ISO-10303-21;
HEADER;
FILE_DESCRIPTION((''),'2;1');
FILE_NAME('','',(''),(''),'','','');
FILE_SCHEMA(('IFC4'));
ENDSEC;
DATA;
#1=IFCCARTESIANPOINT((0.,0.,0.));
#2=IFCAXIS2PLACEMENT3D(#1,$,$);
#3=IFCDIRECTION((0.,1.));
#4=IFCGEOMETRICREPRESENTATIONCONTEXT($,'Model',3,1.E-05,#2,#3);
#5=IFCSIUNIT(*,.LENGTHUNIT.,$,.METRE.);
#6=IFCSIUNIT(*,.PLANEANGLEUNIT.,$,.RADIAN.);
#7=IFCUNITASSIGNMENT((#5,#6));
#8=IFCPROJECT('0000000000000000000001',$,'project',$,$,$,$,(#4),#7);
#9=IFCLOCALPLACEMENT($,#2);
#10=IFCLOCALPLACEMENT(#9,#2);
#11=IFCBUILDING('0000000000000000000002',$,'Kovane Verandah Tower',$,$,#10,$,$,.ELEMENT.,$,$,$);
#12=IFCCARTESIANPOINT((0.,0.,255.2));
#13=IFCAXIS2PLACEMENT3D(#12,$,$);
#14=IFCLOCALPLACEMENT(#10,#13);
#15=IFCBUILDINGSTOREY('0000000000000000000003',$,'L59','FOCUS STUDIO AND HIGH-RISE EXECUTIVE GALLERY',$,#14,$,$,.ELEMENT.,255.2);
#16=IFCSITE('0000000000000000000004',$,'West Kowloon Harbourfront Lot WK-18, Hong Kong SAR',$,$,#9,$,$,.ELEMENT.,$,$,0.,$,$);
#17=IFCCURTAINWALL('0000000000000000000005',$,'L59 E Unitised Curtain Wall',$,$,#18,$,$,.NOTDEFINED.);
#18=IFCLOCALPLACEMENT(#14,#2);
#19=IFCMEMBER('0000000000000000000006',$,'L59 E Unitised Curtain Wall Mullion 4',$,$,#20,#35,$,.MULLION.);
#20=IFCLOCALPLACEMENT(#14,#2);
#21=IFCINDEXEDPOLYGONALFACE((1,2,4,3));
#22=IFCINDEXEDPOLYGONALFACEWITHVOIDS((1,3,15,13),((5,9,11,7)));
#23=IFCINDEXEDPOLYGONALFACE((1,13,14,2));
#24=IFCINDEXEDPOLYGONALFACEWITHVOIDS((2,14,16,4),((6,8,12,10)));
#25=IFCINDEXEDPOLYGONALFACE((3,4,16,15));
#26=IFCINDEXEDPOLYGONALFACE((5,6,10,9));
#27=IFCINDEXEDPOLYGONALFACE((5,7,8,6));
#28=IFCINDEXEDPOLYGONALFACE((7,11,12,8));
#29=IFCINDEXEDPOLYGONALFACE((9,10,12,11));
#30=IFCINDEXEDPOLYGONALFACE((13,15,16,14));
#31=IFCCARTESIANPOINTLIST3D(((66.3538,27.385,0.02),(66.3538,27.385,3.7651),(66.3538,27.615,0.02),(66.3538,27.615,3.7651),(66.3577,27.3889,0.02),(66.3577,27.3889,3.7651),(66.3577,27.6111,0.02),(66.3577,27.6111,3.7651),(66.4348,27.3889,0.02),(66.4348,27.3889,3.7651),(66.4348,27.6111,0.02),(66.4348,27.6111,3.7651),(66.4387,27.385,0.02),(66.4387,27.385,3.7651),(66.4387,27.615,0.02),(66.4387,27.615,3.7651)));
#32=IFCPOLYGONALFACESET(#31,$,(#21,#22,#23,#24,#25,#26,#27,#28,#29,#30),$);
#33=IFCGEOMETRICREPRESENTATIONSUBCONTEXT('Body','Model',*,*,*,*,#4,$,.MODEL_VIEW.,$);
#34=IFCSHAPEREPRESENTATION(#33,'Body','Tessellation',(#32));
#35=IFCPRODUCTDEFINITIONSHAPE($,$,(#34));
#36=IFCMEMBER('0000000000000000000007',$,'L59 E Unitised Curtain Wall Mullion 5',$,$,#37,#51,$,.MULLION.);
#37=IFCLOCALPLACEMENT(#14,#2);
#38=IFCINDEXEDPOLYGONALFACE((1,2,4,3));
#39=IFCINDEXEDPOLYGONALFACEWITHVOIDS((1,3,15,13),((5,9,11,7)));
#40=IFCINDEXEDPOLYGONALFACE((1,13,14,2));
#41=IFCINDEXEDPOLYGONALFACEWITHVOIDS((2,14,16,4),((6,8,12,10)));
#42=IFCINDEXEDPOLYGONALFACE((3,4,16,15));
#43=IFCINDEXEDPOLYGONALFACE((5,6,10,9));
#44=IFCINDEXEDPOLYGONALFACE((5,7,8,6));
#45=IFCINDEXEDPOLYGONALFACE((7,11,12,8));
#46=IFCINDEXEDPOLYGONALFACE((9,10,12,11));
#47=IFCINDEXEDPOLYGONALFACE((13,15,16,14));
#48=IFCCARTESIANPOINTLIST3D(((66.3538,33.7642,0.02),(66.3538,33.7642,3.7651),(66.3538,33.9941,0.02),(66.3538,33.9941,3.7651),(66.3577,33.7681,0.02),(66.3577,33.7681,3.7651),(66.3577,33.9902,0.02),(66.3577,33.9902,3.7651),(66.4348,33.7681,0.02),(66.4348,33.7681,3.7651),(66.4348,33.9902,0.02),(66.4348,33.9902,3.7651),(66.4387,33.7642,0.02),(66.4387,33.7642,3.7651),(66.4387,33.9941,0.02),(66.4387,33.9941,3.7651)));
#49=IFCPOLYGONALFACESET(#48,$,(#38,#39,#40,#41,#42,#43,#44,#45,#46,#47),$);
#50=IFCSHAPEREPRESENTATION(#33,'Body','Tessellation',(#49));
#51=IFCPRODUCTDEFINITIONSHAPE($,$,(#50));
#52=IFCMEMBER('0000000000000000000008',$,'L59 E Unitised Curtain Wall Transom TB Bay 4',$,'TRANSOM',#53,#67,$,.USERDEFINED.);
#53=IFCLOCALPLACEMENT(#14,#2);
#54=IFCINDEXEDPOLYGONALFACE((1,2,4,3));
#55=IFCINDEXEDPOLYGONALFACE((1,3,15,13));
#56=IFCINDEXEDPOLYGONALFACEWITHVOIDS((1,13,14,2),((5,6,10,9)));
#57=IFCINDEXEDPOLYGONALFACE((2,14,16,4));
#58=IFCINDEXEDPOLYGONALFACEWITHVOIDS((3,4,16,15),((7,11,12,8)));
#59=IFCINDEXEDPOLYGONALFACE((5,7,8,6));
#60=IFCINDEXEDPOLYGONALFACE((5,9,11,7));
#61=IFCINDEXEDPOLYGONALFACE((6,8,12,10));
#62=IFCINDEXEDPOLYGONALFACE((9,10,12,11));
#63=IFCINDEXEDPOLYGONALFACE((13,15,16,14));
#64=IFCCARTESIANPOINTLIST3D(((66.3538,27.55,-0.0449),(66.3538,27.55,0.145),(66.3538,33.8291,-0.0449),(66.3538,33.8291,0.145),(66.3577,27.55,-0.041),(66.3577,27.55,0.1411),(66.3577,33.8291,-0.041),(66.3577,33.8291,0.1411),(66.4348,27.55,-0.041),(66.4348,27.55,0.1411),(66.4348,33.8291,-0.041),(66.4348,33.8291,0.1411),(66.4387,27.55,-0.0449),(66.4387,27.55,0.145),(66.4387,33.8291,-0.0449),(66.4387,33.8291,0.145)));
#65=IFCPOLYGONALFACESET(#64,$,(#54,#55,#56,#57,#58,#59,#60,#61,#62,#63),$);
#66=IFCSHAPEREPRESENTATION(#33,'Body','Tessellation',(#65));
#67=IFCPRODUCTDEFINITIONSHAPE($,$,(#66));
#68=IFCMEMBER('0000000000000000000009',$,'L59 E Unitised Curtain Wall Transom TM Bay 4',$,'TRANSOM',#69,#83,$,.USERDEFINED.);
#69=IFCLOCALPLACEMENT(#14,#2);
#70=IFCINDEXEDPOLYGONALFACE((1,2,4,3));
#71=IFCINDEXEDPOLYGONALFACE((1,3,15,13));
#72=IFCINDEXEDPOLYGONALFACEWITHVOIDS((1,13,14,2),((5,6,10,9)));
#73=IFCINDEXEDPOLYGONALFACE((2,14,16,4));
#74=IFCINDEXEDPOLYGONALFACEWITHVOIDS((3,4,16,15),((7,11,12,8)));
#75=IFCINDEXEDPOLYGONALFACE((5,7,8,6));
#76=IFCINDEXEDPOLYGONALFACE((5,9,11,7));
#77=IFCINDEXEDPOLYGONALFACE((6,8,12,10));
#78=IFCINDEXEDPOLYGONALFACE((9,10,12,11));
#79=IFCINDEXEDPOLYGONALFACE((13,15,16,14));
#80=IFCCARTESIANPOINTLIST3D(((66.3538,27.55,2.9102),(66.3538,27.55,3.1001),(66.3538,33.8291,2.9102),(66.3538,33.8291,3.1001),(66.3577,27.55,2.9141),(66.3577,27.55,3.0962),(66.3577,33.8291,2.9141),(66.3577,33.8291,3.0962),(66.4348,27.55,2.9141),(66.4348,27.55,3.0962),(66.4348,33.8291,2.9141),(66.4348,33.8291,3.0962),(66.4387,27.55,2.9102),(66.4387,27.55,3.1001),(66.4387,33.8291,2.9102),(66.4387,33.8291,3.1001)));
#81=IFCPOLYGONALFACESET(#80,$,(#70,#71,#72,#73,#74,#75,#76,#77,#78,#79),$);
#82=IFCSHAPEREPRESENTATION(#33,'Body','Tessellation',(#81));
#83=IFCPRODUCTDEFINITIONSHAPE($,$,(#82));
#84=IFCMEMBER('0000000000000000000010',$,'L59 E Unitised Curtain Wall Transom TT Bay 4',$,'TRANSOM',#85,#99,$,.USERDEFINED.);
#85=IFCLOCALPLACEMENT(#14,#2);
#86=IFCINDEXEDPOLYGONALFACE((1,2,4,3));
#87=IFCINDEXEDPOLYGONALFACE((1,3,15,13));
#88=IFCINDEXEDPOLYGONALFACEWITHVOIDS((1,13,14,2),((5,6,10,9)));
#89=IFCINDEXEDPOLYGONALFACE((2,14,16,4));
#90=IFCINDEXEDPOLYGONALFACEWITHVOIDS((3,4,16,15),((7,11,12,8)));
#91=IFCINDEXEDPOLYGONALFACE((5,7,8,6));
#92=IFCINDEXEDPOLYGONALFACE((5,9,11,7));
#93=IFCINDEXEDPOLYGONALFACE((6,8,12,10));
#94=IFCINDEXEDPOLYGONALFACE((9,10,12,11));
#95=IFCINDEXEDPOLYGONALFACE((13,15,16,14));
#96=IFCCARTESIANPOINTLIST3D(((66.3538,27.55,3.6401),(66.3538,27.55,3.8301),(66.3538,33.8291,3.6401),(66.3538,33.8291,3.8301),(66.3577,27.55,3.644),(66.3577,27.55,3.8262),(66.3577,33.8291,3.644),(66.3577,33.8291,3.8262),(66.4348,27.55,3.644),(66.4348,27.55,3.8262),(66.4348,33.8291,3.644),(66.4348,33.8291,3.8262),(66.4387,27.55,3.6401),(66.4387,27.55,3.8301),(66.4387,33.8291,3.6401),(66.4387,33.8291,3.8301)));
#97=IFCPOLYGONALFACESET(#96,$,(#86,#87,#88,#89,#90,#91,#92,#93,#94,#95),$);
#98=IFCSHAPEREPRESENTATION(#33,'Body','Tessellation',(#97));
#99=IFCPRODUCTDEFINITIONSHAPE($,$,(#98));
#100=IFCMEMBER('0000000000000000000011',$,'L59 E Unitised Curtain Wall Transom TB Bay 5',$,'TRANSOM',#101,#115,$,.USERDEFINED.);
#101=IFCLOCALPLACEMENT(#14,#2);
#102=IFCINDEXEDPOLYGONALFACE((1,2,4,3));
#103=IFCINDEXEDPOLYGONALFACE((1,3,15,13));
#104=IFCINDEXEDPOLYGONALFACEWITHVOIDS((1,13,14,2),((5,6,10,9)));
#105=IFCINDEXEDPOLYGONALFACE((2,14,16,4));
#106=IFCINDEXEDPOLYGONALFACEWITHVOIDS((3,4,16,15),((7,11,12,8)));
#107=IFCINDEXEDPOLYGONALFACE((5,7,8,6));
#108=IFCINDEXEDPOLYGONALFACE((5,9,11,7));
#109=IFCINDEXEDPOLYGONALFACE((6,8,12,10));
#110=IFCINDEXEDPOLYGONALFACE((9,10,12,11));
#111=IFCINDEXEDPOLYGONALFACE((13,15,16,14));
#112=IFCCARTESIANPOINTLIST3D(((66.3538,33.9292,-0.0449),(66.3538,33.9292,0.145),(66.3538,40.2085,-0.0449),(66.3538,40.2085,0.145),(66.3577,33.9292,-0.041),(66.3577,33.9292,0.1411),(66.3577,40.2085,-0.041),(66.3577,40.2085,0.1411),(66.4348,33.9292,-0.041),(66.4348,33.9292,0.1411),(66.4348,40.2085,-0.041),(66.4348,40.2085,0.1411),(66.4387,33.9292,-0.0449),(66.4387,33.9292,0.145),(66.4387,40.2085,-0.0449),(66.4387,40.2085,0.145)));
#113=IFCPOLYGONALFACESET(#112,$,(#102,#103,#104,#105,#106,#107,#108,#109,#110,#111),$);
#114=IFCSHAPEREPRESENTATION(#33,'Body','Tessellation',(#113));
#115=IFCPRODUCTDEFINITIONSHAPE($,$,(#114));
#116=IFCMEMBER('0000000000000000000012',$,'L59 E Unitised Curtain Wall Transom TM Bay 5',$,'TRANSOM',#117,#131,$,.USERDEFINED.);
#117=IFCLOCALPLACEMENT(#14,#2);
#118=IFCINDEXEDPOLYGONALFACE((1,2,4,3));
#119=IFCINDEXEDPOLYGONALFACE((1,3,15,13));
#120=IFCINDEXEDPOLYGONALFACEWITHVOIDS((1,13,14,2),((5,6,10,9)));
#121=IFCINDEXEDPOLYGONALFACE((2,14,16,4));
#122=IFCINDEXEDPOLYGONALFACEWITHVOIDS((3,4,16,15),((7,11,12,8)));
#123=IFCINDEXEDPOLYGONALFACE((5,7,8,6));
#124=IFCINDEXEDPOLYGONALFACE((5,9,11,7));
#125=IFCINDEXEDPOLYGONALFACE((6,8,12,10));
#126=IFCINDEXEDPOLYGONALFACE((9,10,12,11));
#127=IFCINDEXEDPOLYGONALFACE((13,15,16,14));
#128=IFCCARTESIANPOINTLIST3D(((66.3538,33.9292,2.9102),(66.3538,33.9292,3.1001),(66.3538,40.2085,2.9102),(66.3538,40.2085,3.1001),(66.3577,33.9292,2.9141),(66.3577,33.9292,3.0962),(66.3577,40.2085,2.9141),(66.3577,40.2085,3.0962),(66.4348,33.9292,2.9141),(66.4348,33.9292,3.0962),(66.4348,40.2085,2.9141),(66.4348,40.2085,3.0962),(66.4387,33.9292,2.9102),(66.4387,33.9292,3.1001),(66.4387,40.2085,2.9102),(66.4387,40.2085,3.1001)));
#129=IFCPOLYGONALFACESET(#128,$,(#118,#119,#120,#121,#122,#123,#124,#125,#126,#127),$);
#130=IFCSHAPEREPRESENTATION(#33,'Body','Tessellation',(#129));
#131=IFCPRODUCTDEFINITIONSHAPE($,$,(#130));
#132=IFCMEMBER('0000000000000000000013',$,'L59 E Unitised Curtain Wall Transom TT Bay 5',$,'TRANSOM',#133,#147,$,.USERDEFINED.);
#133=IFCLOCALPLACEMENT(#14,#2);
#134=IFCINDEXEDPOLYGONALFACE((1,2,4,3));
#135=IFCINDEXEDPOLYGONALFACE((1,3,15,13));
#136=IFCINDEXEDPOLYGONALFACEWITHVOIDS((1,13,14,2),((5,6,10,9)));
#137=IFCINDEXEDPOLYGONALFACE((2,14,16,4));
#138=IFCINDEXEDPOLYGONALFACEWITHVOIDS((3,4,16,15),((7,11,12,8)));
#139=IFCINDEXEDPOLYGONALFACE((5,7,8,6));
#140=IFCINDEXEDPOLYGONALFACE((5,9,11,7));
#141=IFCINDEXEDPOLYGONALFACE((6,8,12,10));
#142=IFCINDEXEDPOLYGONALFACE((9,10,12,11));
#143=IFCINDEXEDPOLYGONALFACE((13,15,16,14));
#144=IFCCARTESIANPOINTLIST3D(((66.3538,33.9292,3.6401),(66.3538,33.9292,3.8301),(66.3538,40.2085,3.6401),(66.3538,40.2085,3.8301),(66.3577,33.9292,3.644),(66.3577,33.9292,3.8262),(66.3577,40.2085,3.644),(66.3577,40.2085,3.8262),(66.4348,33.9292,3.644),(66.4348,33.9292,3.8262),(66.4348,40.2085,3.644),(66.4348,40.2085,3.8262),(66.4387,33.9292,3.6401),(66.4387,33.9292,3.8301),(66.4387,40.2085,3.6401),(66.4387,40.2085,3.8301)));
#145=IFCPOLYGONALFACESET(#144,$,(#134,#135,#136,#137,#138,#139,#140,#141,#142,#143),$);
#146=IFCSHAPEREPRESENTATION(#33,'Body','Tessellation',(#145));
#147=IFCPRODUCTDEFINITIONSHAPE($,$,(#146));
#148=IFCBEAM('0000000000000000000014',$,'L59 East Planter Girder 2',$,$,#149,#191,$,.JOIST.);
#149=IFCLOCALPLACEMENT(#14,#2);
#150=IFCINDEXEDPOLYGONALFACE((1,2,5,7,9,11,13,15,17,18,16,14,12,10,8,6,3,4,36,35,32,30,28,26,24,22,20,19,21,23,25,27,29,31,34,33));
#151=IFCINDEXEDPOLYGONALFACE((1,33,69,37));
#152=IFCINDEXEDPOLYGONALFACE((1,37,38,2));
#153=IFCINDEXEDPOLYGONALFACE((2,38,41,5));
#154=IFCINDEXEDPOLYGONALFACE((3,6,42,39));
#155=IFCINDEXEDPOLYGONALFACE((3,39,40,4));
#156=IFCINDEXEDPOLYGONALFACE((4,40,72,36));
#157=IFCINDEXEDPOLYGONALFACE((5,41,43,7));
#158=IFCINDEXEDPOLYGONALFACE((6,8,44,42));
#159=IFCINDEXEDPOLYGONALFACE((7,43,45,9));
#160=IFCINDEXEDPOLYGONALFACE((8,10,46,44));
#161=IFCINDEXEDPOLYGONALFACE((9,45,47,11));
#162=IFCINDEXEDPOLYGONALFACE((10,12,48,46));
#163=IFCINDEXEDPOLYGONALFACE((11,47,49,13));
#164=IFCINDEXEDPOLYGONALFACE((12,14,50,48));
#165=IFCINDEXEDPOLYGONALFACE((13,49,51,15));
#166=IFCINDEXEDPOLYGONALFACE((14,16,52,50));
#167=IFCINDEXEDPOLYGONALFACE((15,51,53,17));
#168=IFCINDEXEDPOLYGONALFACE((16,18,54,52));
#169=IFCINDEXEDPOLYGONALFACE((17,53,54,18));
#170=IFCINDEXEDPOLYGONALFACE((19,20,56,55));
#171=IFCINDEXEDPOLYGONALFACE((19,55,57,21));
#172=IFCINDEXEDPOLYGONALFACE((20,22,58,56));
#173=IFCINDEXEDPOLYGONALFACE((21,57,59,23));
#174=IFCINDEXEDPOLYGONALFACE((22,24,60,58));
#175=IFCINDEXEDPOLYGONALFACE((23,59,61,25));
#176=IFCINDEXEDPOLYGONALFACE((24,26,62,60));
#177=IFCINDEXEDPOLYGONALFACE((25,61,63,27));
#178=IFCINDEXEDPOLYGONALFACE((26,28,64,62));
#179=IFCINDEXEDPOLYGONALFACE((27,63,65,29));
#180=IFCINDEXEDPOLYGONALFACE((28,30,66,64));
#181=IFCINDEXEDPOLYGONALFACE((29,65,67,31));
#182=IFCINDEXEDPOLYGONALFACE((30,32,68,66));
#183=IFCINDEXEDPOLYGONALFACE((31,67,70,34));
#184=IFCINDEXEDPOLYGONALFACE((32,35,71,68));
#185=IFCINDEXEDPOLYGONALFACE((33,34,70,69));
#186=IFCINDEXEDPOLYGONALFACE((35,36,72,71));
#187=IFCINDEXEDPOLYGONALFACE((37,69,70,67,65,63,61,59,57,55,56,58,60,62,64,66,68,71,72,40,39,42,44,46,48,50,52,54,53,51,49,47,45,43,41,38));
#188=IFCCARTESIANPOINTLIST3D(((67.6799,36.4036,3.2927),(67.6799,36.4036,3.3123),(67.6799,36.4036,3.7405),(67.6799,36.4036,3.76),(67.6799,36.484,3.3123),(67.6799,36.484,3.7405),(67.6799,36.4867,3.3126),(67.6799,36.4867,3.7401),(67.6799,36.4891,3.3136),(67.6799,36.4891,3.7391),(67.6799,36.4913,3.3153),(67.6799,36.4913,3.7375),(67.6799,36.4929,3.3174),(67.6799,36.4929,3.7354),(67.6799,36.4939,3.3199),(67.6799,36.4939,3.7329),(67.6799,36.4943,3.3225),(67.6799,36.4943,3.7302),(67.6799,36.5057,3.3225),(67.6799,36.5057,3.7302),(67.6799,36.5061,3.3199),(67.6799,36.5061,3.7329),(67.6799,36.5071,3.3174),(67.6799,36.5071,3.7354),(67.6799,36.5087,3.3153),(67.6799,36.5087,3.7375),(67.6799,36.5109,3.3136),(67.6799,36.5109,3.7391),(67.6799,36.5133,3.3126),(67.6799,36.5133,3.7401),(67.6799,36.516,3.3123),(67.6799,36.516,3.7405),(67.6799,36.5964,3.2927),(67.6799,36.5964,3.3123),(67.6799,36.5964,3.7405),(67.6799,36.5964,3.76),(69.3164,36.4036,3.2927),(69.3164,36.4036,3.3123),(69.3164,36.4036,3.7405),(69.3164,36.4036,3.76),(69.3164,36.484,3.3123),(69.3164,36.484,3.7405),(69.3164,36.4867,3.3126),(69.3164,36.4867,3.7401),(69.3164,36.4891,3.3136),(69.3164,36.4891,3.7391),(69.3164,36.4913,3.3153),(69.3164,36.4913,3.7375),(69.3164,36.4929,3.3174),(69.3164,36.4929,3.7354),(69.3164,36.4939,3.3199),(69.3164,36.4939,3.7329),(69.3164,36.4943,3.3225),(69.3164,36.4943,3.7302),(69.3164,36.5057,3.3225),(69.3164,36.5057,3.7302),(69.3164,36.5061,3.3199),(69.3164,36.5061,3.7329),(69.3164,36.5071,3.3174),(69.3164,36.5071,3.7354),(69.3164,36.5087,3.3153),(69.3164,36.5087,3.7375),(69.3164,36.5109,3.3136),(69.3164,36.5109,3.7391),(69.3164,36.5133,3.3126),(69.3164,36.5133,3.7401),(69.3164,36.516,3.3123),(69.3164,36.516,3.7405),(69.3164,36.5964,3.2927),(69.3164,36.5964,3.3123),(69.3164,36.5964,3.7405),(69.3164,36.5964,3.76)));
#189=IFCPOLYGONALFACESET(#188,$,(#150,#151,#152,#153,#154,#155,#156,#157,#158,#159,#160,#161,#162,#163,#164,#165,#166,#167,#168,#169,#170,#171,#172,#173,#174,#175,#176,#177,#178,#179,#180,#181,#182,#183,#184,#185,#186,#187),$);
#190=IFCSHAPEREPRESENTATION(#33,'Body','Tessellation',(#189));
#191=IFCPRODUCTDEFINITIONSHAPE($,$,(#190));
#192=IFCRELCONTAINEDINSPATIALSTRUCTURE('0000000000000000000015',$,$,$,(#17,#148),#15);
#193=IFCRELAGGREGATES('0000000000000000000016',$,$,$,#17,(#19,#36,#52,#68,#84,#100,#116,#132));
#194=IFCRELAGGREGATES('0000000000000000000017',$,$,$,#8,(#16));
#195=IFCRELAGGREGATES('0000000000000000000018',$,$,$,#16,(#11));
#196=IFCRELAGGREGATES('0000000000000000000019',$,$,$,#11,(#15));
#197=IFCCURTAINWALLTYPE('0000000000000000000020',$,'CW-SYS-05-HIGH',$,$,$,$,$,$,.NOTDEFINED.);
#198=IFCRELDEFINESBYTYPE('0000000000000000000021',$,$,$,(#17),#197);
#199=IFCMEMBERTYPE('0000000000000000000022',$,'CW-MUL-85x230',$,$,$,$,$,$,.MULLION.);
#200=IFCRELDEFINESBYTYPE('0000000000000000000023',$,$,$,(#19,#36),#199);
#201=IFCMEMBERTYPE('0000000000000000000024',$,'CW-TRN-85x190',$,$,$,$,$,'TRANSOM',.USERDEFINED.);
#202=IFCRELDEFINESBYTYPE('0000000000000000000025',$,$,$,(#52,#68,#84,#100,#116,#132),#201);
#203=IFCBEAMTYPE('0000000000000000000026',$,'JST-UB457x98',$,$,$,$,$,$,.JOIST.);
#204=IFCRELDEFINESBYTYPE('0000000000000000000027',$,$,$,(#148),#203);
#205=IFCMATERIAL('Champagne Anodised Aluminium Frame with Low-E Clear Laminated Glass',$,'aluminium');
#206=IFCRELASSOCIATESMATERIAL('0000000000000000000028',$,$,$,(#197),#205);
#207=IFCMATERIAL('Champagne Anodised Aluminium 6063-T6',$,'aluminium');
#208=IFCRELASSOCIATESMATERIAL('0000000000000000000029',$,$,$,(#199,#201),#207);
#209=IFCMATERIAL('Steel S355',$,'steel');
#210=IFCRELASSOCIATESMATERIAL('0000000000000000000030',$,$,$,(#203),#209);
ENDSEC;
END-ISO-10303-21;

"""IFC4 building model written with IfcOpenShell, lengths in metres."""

from ifc_helpers import new_model, si_unit, direction, frame, origin, origin_2d, place, context, subcontext, project, spatial, hollow_rectangle, i_section, extrude, material, material_profile, profile_set, type_object, element, aggregate, save


model = new_model("IFC4")

# Units and contexts
model_context = context("Model", 3, precision=1e-05, world=origin(), true_north=direction((0.0, 1.0)))
body_context = subcontext(model_context, "Body", "Model", "MODEL_VIEW")
ifc_project = project(units=[si_unit("LENGTHUNIT", "METRE"), si_unit("PLANEANGLEUNIT", "RADIAN")], contexts=[model_context])

# Site, building, storey
site_placement = place(None, origin())
site = spatial("IfcSite", under=ifc_project, at=site_placement, Name="West Kowloon Harbourfront Lot WK-18, Hong Kong SAR", CompositionType="ELEMENT", RefElevation=0.0)
building_placement = place(site_placement, origin())
building = spatial("IfcBuilding", under=site, at=building_placement, Name="Kovane Verandah Tower", CompositionType="ELEMENT")
storey_placement = place(building_placement, frame((0.0, 0.0, 255.2)))
storey = spatial("IfcBuildingStorey", under=building, at=storey_placement, Name="L59", Description="FOCUS STUDIO AND HIGH-RISE EXECUTIVE GALLERY", CompositionType="ELEMENT", Elevation=255.2)

# Shared definitions
ifc_material_1 = material(Name="Steel S355", Category="steel")

# Curtain wall, members
ifc_material_2 = material(Name="Champagne Anodised Aluminium Frame with Low-E Clear Laminated Glass", Category="aluminium")
curtain_wall_type = type_object("IfcCurtainWallType", Name="CW-SYS-05-HIGH", PredefinedType="NOTDEFINED", material=ifc_material_2)
curtain_wall_placement = place(storey_placement, origin())
curtain_wall = element("IfcCurtainWall", 1, at=curtain_wall_placement, inside=storey, type_object=curtain_wall_type, Name="L59 E Unitised Curtain Wall", PredefinedType="NOTDEFINED")
ifc_material_3 = material(Name="Champagne Anodised Aluminium 6063-T6", Category="aluminium")
ifc_material_profile_1 = material_profile(ifc_material_3, hollow_rectangle(XDim=0.085, YDim=0.23, WallThickness=0.0039, at=origin_2d()), Name="AL85x230x4")
ifc_profile_set_1 = profile_set([ifc_material_profile_1], Name="Champagne Anodised Aluminium 6063-T6")
member_type_1 = type_object("IfcMemberType", Name="CW-MUL-85x230", PredefinedType="MULLION", material=ifc_profile_set_1)
member_1_placement = place(storey_placement, frame((66.3962, 27.5, 0.02), z_axis=(0.0, 0.0, 1.0), x_axis=(1.0, 0.0, 0.0)))
member_1 = element("IfcMember", 2, at=member_1_placement, type_object=member_type_1, Name="L59 E Unitised Curtain Wall Mullion 4", PredefinedType="MULLION", context=body_context, shape_type="SweptSolid", body=[
    extrude(hollow_rectangle(XDim=0.085, YDim=0.23, WallThickness=0.0039, at=origin_2d()), origin(), (0.0, 0.0, 1.0), 3.7451),
])
member_2_placement = place(storey_placement, frame((66.3962, 33.8792, 0.02), z_axis=(0.0, 0.0, 1.0), x_axis=(1.0, 0.0, 0.0)))
member_2 = element("IfcMember", 3, at=member_2_placement, type_object=member_type_1, Name="L59 E Unitised Curtain Wall Mullion 5", PredefinedType="MULLION", context=body_context, shape_type="SweptSolid", body=[
    extrude(hollow_rectangle(XDim=0.085, YDim=0.23, WallThickness=0.0039, at=origin_2d()), origin(), (0.0, 0.0, 1.0), 3.7451),
])
ifc_material_profile_2 = material_profile(ifc_material_3, hollow_rectangle(XDim=0.085, YDim=0.1899, WallThickness=0.0039, at=origin_2d()), Name="AL85x190x4")
ifc_profile_set_2 = profile_set([ifc_material_profile_2], Name="Champagne Anodised Aluminium 6063-T6")
member_type_2 = type_object("IfcMemberType", Name="CW-TRN-85x190", ElementType="TRANSOM", PredefinedType="USERDEFINED", material=ifc_profile_set_2)
member_3_placement = place(storey_placement, frame((66.3962, 27.55, 0.05), z_axis=(0.0, 1.0, 0.0), x_axis=(-1.0, 0.0, 0.0)))
member_3 = element("IfcMember", 4, at=member_3_placement, type_object=member_type_2, Name="L59 E Unitised Curtain Wall Transom TB Bay 4", ObjectType="TRANSOM", PredefinedType="USERDEFINED", context=body_context, shape_type="SweptSolid", body=[
    extrude(hollow_rectangle(XDim=0.085, YDim=0.1899, WallThickness=0.0039, at=origin_2d()), origin(), (0.0, 0.0, 1.0), 6.2791),
])
member_4_placement = place(storey_placement, frame((66.3962, 27.55, 3.0051), z_axis=(0.0, 1.0, 0.0), x_axis=(-1.0, 0.0, 0.0)))
member_4 = element("IfcMember", 5, at=member_4_placement, type_object=member_type_2, Name="L59 E Unitised Curtain Wall Transom TM Bay 4", ObjectType="TRANSOM", PredefinedType="USERDEFINED", context=body_context, shape_type="SweptSolid", body=[
    extrude(hollow_rectangle(XDim=0.085, YDim=0.1899, WallThickness=0.0039, at=origin_2d()), origin(), (0.0, 0.0, 1.0), 6.2791),
])
member_5_placement = place(storey_placement, frame((66.3962, 27.55, 3.7351), z_axis=(0.0, 1.0, 0.0), x_axis=(-1.0, 0.0, 0.0)))
member_5 = element("IfcMember", 6, at=member_5_placement, type_object=member_type_2, Name="L59 E Unitised Curtain Wall Transom TT Bay 4", ObjectType="TRANSOM", PredefinedType="USERDEFINED", context=body_context, shape_type="SweptSolid", body=[
    extrude(hollow_rectangle(XDim=0.085, YDim=0.1899, WallThickness=0.0039, at=origin_2d()), origin(), (0.0, 0.0, 1.0), 6.2791),
])
member_6_placement = place(storey_placement, frame((66.3962, 33.9292, 0.05), z_axis=(0.0, 1.0, 0.0), x_axis=(-1.0, 0.0, 0.0)))
member_6 = element("IfcMember", 7, at=member_6_placement, type_object=member_type_2, Name="L59 E Unitised Curtain Wall Transom TB Bay 5", ObjectType="TRANSOM", PredefinedType="USERDEFINED", context=body_context, shape_type="SweptSolid", body=[
    extrude(hollow_rectangle(XDim=0.085, YDim=0.1899, WallThickness=0.0039, at=origin_2d()), origin(), (0.0, 0.0, 1.0), 6.2793),
])
member_7_placement = place(storey_placement, frame((66.3962, 33.9292, 3.0051), z_axis=(0.0, 1.0, 0.0), x_axis=(-1.0, 0.0, 0.0)))
member_7 = element("IfcMember", 8, at=member_7_placement, type_object=member_type_2, Name="L59 E Unitised Curtain Wall Transom TM Bay 5", ObjectType="TRANSOM", PredefinedType="USERDEFINED", context=body_context, shape_type="SweptSolid", body=[
    extrude(hollow_rectangle(XDim=0.085, YDim=0.1899, WallThickness=0.0039, at=origin_2d()), origin(), (0.0, 0.0, 1.0), 6.2793),
])
member_8_placement = place(storey_placement, frame((66.3962, 33.9292, 3.7351), z_axis=(0.0, 1.0, 0.0), x_axis=(-1.0, 0.0, 0.0)))
member_8 = element("IfcMember", 9, at=member_8_placement, type_object=member_type_2, Name="L59 E Unitised Curtain Wall Transom TT Bay 5", ObjectType="TRANSOM", PredefinedType="USERDEFINED", context=body_context, shape_type="SweptSolid", body=[
    extrude(hollow_rectangle(XDim=0.085, YDim=0.1899, WallThickness=0.0039, at=origin_2d()), origin(), (0.0, 0.0, 1.0), 6.2793),
])

# Beam
ifc_material_profile_3 = material_profile(ifc_material_1, i_section(OverallWidth=0.1929, OverallDepth=0.4673, WebThickness=0.0115, FlangeThickness=0.0195, FilletRadius=0.0103, at=origin_2d()), Name="UB457x191x98")
ifc_profile_set_3 = profile_set([ifc_material_profile_3], Name="Steel S355")
beam_type_1 = type_object("IfcBeamType", Name="JST-UB457x98", PredefinedType="JOIST", material=ifc_profile_set_3)
beam_1_placement = place(storey_placement, frame((67.6799, 36.5, 3.5264), z_axis=(1.0, 0.0, 0.0), x_axis=(0.0, 1.0, 0.0)))
element("IfcBeam", 10, at=beam_1_placement, inside=storey, type_object=beam_type_1, Name="L59 East Planter Girder 2", PredefinedType="JOIST", context=body_context, shape_type="SweptSolid", body=[
    extrude(i_section(OverallWidth=0.1929, OverallDepth=0.4673, WebThickness=0.0115, FlangeThickness=0.0195, FilletRadius=0.0103, at=origin_2d()), origin(), (0.0, 0.0, 1.0), 1.6365),
])

aggregate(curtain_wall, [member_1, member_2, member_3, member_4, member_5, member_6, member_7, member_8])

save(model, "model.ifc")
